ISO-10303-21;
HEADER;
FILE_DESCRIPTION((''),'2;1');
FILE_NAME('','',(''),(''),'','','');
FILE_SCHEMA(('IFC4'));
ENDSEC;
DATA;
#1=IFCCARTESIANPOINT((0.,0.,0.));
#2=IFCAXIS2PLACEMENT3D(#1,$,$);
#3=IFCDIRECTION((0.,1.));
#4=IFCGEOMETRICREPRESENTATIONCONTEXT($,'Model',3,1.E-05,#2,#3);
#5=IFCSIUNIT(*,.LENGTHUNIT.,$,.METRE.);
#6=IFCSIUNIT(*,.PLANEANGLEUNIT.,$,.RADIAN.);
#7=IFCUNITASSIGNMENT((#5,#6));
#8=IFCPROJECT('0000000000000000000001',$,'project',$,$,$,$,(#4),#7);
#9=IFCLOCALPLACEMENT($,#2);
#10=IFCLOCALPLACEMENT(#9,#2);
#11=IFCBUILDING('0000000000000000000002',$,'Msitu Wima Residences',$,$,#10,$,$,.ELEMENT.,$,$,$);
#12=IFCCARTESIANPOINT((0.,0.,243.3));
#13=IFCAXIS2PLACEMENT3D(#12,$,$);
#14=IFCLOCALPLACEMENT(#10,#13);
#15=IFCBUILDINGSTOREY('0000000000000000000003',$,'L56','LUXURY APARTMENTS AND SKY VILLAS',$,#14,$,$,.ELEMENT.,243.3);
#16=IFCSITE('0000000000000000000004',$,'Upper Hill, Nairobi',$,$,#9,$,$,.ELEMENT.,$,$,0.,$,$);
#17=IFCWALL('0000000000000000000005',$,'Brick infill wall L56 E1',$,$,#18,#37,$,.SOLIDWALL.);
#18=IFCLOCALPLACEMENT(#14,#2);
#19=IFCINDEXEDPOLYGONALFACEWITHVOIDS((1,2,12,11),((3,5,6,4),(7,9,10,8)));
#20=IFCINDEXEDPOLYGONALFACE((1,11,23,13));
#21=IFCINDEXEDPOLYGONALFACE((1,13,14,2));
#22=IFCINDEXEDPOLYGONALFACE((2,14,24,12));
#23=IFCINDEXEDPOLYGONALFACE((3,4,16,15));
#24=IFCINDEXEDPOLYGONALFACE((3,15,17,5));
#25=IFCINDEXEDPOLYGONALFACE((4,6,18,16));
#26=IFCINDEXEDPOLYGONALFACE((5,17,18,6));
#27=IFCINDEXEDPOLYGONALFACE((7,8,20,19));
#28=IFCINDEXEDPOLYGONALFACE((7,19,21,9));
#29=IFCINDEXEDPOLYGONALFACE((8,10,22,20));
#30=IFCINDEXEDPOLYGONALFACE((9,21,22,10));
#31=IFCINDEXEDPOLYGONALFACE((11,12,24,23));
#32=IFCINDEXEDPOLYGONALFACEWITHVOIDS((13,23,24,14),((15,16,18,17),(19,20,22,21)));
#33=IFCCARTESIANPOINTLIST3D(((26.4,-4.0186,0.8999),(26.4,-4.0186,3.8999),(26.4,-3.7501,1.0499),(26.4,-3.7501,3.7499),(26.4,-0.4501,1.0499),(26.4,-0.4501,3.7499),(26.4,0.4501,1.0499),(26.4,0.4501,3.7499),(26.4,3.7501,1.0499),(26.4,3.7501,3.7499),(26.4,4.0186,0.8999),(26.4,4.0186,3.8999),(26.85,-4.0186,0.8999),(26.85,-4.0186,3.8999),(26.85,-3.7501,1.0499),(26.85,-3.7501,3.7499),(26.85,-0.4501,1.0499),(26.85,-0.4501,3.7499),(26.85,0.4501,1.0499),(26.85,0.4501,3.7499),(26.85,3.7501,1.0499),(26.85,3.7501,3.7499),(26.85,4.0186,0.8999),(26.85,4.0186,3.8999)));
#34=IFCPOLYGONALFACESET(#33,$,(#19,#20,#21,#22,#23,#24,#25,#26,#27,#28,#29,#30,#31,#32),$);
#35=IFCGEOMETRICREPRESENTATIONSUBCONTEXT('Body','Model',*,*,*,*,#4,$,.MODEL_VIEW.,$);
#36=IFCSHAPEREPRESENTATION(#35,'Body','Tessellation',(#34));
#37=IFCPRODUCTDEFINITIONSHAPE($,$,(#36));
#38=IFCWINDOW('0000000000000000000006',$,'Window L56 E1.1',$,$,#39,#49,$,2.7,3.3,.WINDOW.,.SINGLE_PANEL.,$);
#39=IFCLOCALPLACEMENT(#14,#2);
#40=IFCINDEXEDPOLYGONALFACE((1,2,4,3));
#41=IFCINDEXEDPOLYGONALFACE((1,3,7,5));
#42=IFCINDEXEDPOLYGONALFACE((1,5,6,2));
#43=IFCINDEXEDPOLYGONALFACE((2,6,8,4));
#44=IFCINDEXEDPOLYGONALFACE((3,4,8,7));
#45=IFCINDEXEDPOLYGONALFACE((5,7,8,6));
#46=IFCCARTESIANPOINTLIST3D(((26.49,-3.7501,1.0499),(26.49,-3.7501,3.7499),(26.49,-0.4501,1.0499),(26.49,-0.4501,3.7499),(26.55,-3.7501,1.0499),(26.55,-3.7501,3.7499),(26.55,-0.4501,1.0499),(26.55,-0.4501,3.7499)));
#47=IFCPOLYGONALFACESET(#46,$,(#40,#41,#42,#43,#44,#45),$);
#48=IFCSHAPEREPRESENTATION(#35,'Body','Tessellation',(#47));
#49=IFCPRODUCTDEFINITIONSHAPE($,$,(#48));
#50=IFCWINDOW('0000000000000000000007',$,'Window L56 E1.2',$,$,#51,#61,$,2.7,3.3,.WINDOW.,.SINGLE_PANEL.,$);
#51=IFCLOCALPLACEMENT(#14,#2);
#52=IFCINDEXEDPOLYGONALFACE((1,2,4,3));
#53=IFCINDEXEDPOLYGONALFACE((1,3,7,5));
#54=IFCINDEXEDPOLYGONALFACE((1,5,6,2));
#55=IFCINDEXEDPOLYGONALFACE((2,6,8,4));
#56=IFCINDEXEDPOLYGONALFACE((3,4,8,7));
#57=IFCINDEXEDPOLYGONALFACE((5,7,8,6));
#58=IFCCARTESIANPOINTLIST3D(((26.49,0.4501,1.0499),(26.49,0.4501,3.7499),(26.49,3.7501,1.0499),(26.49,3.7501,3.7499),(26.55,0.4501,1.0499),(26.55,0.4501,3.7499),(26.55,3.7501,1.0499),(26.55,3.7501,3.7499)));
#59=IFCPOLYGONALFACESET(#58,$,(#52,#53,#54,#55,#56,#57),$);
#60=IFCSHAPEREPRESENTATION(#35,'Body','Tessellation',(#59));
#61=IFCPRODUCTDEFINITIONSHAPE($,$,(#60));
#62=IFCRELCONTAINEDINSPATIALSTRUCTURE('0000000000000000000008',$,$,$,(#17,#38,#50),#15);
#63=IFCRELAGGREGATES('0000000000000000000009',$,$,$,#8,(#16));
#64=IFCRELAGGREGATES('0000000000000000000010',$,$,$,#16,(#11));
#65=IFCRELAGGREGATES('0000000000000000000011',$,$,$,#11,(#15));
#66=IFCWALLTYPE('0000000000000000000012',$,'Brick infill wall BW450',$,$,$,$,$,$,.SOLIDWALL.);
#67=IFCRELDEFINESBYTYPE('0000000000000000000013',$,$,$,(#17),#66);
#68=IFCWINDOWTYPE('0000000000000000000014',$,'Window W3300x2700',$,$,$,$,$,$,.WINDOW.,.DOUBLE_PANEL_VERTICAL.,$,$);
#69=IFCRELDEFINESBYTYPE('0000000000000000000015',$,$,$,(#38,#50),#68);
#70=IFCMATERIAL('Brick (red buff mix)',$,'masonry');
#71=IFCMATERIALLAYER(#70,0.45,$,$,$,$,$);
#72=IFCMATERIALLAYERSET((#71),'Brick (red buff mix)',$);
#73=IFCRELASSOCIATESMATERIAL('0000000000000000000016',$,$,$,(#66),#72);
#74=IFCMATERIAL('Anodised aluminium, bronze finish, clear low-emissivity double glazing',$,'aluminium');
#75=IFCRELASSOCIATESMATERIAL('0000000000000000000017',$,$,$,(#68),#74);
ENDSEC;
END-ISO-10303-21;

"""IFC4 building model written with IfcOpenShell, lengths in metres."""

from ifc_helpers import new_model, si_unit, direction, frame, frame_2d, origin, place, context, subcontext, project, spatial, rectangle, extrude, material, layer, layer_set, type_object, element, fill, save


model = new_model("IFC4")

# Units and contexts
model_context = context("Model", 3, precision=1e-05, world=origin(), true_north=direction((0.0, 1.0)))
body_context = subcontext(model_context, "Body", "Model", "MODEL_VIEW")
ifc_project = project(units=[si_unit("LENGTHUNIT", "METRE"), si_unit("PLANEANGLEUNIT", "RADIAN")], contexts=[model_context])

# Site, building, storey
site_placement = place(None, origin())
site = spatial("IfcSite", under=ifc_project, at=site_placement, Name="Upper Hill, Nairobi", CompositionType="ELEMENT", RefElevation=0.0)
building_placement = place(site_placement, origin())
building = spatial("IfcBuilding", under=site, at=building_placement, Name="Msitu Wima Residences", CompositionType="ELEMENT")
storey_placement = place(building_placement, frame((0.0, 0.0, 243.3)))
storey = spatial("IfcBuildingStorey", under=building, at=storey_placement, Name="L56", Description="LUXURY APARTMENTS AND SKY VILLAS", CompositionType="ELEMENT", Elevation=243.3)

# Shared definitions
ifc_material_1 = material(Name="Brick (red buff mix)", Category="masonry")
ifc_layer_1 = layer(ifc_material_1, 0.45)
ifc_layer_set_1 = layer_set([ifc_layer_1], Name="Brick (red buff mix)")
wall_type_1 = type_object("IfcWallType", Name="Brick infill wall BW450", PredefinedType="SOLIDWALL", material=ifc_layer_set_1)
ifc_material_2 = material(Name="Anodised aluminium, bronze finish, clear low-emissivity double glazing", Category="aluminium")
window_type = type_object("IfcWindowType", Name="Window W3300x2700", PartitioningType="DOUBLE_PANEL_VERTICAL", PredefinedType="WINDOW", material=ifc_material_2)

# Wall, openings, windows
wall_1_placement = place(storey_placement, frame((26.625, -4.0186, 0.8999), z_axis=(0.0, 0.0, 1.0), x_axis=(0.0, 1.0, 0.0)))
wall_1 = element("IfcWall", 1, at=wall_1_placement, inside=storey, type_object=wall_type_1, Name="Brick infill wall L56 E1", PredefinedType="SOLIDWALL", context=body_context, shape_type="SweptSolid", body=[
    extrude(rectangle(XDim=8.0371, YDim=0.45, at=frame_2d((4.0186, 0.0))), origin(), (0.0, 0.0, 1.0), 3.0),
])
opening_1_placement = place(wall_1_placement, frame((0.2686, 0.0, 0.1499)))
opening_1 = element("IfcOpeningElement", 2, at=opening_1_placement, cuts=wall_1, PredefinedType="OPENING", context=body_context, shape_type="SweptSolid", body=[
    extrude(rectangle(XDim=3.3, YDim=2.7, at=frame_2d((1.6499, 1.3501))), frame((0.0, 0.2349, 0.0), z_axis=(0.0, -1.0, 0.0), x_axis=(1.0, 0.0, 0.0)), (0.0, 0.0, 1.0), 0.47),
])
opening_2_placement = place(wall_1_placement, frame((4.4688, 0.0, 0.1499)))
opening_2 = element("IfcOpeningElement", 3, at=opening_2_placement, cuts=wall_1, PredefinedType="OPENING", context=body_context, shape_type="SweptSolid", body=[
    extrude(rectangle(XDim=3.3, YDim=2.7, at=frame_2d((1.6499, 1.3501))), frame((0.0, 0.2349, 0.0), z_axis=(0.0, -1.0, 0.0), x_axis=(1.0, 0.0, 0.0)), (0.0, 0.0, 1.0), 0.47),
])
window_1_placement = place(opening_1_placement, origin())
window_1 = element("IfcWindow", 4, at=window_1_placement, inside=storey, type_object=window_type, Name="Window L56 E1.1", OverallHeight=2.7, OverallWidth=3.3, PartitioningType="SINGLE_PANEL", PredefinedType="WINDOW", context=body_context, shape_type="SweptSolid", body=[
    extrude(rectangle(XDim=3.3, YDim=2.7, at=frame_2d((1.6499, 1.3501))), frame((0.0, 0.135, 0.0), z_axis=(0.0, -1.0, 0.0), x_axis=(1.0, 0.0, 0.0)), (0.0, 0.0, 1.0), 0.0601),
])
fill(opening_1, window_1)
window_2_placement = place(opening_2_placement, origin())
window_2 = element("IfcWindow", 5, at=window_2_placement, inside=storey, type_object=window_type, Name="Window L56 E1.2", OverallHeight=2.7, OverallWidth=3.3, PartitioningType="SINGLE_PANEL", PredefinedType="WINDOW", context=body_context, shape_type="SweptSolid", body=[
    extrude(rectangle(XDim=3.3, YDim=2.7, at=frame_2d((1.6499, 1.3501))), frame((0.0, 0.135, 0.0), z_axis=(0.0, -1.0, 0.0), x_axis=(1.0, 0.0, 0.0)), (0.0, 0.0, 1.0), 0.0601),
])
fill(opening_2, window_2)

save(model, "model.ifc")
